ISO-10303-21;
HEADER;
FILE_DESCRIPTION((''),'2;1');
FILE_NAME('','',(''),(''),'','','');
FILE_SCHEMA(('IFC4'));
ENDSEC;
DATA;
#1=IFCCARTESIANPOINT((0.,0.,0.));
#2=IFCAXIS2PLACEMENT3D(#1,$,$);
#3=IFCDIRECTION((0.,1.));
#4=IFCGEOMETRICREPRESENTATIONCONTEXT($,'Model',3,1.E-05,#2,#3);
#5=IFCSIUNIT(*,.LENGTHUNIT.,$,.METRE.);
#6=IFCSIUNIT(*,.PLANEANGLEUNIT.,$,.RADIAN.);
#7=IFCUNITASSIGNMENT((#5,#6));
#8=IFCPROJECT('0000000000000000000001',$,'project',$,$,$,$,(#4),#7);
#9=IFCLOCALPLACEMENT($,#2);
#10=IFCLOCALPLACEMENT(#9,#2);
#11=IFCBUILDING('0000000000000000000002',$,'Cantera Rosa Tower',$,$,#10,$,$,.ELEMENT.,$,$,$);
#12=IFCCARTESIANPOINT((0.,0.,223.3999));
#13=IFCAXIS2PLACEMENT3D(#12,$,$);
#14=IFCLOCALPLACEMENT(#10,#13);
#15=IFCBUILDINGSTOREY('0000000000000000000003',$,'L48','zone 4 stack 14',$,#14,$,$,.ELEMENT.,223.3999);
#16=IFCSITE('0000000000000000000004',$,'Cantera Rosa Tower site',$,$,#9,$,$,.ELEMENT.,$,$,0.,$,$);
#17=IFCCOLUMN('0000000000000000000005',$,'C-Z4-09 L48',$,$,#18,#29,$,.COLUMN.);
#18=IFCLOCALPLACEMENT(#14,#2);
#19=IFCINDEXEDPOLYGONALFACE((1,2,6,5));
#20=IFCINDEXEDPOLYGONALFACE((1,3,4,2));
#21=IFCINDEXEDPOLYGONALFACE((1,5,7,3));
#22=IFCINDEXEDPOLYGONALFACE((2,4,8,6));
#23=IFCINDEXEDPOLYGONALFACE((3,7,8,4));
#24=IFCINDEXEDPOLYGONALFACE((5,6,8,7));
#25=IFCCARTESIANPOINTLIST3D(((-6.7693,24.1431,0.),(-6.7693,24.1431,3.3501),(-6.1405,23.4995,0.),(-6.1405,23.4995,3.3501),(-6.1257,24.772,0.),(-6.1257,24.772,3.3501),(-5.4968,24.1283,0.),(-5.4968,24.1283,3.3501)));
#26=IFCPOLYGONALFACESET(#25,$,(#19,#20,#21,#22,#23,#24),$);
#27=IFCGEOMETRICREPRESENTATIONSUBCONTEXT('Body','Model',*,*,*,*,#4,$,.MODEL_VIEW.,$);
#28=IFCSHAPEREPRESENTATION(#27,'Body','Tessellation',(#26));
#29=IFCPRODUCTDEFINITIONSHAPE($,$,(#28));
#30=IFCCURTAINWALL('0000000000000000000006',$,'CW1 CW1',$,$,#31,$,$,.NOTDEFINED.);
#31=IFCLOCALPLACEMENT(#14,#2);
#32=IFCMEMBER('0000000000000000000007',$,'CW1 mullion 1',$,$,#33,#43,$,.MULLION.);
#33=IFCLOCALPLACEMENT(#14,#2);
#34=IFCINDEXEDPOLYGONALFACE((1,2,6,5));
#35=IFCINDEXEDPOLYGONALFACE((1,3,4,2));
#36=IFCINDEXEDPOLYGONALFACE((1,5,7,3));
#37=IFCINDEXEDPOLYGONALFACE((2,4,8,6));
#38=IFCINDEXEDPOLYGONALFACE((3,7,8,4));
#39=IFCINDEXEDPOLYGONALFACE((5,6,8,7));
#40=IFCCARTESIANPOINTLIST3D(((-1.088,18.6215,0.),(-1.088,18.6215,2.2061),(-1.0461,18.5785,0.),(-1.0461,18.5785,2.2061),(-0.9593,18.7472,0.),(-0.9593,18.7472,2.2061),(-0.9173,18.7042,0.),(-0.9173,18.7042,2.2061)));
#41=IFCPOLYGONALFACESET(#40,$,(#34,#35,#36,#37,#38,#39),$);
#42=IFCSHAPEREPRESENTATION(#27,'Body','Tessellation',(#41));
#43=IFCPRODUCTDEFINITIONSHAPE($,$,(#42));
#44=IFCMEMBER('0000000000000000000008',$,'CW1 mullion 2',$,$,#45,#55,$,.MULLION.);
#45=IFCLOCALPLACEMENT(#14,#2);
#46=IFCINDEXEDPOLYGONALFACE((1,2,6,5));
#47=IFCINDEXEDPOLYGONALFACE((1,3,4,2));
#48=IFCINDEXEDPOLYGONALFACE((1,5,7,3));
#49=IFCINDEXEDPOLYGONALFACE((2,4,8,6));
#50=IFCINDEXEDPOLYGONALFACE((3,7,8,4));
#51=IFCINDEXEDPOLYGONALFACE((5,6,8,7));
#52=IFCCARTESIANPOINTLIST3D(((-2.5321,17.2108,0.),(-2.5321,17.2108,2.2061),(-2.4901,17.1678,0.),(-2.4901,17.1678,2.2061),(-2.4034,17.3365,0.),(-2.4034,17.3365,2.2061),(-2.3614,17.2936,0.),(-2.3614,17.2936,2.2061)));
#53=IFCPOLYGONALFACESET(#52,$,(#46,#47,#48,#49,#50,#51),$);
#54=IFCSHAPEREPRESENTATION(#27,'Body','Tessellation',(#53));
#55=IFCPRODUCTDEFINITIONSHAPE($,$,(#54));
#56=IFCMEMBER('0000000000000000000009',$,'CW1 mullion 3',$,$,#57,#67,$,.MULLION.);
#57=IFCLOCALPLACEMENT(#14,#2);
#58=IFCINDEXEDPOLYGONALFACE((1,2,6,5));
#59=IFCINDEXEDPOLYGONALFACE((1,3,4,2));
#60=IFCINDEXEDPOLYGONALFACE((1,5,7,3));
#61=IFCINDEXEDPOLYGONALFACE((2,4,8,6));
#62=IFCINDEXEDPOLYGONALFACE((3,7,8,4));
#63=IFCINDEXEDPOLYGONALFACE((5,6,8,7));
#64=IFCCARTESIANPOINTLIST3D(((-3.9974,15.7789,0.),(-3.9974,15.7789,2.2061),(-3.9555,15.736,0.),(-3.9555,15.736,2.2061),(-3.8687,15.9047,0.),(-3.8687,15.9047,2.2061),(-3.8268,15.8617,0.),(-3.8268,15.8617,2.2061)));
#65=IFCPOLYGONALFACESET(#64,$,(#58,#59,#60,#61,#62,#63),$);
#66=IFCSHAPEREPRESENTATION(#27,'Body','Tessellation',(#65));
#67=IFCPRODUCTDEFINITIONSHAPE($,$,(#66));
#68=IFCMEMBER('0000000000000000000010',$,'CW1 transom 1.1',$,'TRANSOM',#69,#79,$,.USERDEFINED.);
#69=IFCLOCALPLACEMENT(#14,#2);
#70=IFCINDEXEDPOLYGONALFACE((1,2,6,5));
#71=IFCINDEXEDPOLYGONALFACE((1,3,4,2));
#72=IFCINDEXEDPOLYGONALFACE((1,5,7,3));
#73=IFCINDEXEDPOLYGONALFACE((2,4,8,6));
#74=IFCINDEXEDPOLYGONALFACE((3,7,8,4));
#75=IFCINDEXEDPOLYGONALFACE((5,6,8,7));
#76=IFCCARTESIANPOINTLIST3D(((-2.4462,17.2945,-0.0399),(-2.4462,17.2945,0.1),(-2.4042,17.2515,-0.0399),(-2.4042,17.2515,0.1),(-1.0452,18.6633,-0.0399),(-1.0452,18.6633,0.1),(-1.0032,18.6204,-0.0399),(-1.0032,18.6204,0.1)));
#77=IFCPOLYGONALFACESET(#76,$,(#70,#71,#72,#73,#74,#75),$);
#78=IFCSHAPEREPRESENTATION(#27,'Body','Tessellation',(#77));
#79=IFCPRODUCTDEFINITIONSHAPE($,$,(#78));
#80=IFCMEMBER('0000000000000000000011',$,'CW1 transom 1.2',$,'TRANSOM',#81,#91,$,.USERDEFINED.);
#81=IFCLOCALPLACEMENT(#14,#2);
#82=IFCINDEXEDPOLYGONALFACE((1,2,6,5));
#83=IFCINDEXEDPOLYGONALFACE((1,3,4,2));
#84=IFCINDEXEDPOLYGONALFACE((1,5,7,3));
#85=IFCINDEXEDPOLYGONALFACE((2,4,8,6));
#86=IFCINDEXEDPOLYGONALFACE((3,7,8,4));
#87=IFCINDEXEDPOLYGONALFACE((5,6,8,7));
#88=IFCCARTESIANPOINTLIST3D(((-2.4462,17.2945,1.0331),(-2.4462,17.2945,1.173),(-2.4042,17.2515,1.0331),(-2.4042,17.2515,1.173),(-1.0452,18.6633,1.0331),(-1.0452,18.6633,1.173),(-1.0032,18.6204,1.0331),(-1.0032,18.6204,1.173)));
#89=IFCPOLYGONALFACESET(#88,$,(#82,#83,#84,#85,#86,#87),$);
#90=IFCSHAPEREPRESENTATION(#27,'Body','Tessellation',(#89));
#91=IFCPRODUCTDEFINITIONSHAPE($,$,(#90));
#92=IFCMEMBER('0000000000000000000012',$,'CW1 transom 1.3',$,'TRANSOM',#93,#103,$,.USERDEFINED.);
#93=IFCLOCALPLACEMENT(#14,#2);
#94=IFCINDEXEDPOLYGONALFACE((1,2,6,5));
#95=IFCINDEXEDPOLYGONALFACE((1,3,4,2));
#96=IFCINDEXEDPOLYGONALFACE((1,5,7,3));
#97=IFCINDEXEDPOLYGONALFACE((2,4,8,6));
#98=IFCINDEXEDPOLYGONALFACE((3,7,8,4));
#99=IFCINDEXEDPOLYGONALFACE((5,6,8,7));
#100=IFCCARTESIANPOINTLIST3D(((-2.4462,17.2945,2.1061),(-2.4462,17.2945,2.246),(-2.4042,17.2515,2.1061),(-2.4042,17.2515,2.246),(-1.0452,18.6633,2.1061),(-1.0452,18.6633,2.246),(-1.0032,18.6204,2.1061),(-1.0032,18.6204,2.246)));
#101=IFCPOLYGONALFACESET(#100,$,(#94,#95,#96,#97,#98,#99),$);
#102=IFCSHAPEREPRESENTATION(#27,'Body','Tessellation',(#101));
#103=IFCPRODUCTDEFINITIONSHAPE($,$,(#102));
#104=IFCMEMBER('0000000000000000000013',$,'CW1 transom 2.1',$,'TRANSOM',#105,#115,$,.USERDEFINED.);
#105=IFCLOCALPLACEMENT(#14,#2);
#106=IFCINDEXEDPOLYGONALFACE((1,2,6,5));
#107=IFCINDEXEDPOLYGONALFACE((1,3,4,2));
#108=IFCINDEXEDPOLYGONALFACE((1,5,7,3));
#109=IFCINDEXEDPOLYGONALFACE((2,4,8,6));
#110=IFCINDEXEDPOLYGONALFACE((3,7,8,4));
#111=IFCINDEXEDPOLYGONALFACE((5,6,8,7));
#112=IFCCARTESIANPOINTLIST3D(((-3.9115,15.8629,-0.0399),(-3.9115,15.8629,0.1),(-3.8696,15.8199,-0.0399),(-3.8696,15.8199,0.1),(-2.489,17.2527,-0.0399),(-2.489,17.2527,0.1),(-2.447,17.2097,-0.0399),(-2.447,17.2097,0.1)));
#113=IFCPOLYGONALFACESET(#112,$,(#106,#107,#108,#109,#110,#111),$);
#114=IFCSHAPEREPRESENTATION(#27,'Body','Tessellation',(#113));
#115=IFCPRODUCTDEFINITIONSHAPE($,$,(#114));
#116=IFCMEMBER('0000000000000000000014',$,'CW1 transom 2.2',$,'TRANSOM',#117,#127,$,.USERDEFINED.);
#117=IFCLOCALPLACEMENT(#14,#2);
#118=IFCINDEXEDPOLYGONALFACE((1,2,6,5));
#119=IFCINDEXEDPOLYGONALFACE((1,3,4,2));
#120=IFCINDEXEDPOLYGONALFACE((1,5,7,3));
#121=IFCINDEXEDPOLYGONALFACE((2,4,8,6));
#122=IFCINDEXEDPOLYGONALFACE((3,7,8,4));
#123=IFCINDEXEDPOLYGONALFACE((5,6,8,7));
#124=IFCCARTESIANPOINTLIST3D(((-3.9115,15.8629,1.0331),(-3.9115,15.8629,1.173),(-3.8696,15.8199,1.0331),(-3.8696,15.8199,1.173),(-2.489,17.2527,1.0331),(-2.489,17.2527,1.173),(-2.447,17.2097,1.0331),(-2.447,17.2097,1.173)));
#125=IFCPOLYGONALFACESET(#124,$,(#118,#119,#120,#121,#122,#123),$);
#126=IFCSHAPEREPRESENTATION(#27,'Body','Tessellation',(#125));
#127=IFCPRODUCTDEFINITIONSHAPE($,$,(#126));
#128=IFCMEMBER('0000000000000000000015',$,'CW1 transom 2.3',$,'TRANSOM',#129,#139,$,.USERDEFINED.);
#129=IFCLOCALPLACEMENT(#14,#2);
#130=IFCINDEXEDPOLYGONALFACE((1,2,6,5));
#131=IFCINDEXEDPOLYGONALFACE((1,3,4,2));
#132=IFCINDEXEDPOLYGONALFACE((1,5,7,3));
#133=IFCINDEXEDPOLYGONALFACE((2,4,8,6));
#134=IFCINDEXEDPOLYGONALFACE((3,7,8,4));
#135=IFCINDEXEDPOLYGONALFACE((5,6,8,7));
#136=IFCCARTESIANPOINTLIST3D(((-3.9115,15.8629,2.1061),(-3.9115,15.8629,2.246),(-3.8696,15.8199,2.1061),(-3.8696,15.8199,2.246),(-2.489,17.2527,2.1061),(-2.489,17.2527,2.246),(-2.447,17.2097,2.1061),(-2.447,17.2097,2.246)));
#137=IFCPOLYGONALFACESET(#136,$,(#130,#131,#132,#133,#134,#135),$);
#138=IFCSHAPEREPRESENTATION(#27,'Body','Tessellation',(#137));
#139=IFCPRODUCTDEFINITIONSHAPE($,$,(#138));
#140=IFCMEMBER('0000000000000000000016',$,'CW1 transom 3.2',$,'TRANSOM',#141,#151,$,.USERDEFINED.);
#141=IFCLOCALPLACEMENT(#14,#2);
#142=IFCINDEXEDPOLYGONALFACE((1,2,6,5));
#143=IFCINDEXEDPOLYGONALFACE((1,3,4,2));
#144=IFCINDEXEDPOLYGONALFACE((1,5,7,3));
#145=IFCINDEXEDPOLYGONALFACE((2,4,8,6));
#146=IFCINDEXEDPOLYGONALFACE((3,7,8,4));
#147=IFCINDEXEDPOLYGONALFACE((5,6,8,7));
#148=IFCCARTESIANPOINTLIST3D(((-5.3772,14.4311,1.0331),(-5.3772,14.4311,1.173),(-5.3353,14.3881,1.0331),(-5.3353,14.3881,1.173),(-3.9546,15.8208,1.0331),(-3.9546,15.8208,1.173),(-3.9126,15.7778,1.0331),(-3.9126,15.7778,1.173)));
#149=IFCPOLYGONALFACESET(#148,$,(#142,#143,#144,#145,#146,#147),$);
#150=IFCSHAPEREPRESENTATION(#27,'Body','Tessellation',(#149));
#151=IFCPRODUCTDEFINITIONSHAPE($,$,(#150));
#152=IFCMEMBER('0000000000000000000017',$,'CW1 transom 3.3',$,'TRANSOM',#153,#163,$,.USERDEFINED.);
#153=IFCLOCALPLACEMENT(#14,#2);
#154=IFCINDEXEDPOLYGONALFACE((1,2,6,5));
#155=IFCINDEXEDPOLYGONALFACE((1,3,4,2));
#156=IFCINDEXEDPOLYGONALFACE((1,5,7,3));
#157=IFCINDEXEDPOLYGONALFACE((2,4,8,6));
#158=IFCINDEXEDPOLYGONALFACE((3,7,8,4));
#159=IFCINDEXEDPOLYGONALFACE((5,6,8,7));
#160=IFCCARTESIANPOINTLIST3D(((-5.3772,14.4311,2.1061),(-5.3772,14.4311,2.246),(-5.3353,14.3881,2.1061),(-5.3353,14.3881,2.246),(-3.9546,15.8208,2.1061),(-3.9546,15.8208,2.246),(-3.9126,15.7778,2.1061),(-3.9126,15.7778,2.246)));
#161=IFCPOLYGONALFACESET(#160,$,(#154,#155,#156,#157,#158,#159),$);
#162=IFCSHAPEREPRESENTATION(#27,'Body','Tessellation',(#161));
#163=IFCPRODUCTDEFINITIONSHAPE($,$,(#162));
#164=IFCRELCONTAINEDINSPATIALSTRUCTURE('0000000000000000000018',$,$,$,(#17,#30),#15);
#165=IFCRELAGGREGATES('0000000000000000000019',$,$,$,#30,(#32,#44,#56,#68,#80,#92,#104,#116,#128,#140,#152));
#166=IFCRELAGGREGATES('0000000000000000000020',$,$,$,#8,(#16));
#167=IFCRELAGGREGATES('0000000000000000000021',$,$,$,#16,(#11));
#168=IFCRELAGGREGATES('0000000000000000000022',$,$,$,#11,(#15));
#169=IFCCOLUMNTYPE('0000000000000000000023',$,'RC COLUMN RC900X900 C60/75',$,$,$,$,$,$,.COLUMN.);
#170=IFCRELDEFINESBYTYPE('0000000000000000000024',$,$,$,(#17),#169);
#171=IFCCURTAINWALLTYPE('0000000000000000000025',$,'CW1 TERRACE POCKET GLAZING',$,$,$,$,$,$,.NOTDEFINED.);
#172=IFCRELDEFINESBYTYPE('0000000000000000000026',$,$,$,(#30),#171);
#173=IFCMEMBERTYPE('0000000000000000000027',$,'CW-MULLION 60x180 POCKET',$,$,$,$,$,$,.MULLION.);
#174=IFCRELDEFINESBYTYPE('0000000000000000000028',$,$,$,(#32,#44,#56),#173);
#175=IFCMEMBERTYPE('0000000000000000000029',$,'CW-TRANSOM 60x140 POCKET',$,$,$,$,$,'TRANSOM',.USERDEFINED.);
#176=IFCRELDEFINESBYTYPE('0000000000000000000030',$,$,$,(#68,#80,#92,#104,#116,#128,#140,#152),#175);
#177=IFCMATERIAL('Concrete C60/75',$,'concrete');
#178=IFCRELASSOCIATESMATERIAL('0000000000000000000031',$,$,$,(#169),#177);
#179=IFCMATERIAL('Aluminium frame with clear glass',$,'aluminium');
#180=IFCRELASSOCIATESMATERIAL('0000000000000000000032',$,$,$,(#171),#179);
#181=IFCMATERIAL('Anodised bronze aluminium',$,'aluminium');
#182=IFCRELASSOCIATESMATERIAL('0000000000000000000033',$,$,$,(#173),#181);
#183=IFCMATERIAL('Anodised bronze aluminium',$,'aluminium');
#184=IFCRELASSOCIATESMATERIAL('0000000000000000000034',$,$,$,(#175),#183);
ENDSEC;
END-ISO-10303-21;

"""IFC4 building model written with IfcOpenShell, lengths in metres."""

from ifc_helpers import new_model, si_unit, direction, frame, origin, origin_2d, place, context, subcontext, project, spatial, rectangle, extrude, material, material_profile, profile_set, type_object, element, aggregate, save


model = new_model("IFC4")

# Units and contexts
model_context = context("Model", 3, precision=1e-05, world=origin(), true_north=direction((0.0, 1.0)))
body_context = subcontext(model_context, "Body", "Model", "MODEL_VIEW")
ifc_project = project(units=[si_unit("LENGTHUNIT", "METRE"), si_unit("PLANEANGLEUNIT", "RADIAN")], contexts=[model_context])

# Site, building, storey
site_placement = place(None, origin())
site = spatial("IfcSite", under=ifc_project, at=site_placement, Name="Cantera Rosa Tower site", CompositionType="ELEMENT", RefElevation=0.0)
building_placement = place(site_placement, origin())
building = spatial("IfcBuilding", under=site, at=building_placement, Name="Cantera Rosa Tower", CompositionType="ELEMENT")
storey_placement = place(building_placement, frame((0.0, 0.0, 223.3999)))
storey = spatial("IfcBuildingStorey", under=building, at=storey_placement, Name="L48", Description="zone 4 stack 14", CompositionType="ELEMENT", Elevation=223.3999)

# Column
ifc_material_1 = material(Name="Concrete C60/75", Category="concrete")
ifc_material_profile_1 = material_profile(ifc_material_1, rectangle(XDim=0.8999, YDim=0.8999, at=origin_2d()), Name="RC COLUMN RC900X900 C60/75")
ifc_profile_set_1 = profile_set([ifc_material_profile_1], Name="Concrete C60/75")
column_type = type_object("IfcColumnType", Name="RC COLUMN RC900X900 C60/75", PredefinedType="COLUMN", material=ifc_profile_set_1)
column_placement = place(storey_placement, frame((-6.1331, 24.1357, 0.0), z_axis=(0.0, 0.0, 1.0), x_axis=(0.715286, 0.698832, 0.0)))
element("IfcColumn", 1, at=column_placement, inside=storey, type_object=column_type, Name="C-Z4-09 L48", PredefinedType="COLUMN", context=body_context, shape_type="SweptSolid", body=[
    extrude(rectangle(XDim=0.8999, YDim=0.8999, at=origin_2d()), origin(), (0.0, 0.0, 1.0), 3.3501),
])

# Curtain wall, members
ifc_material_2 = material(Name="Aluminium frame with clear glass", Category="aluminium")
curtain_wall_type = type_object("IfcCurtainWallType", Name="CW1 TERRACE POCKET GLAZING", PredefinedType="NOTDEFINED", material=ifc_material_2)
curtain_wall_placement = place(storey_placement, origin())
curtain_wall = element("IfcCurtainWall", 2, at=curtain_wall_placement, inside=storey, type_object=curtain_wall_type, Name="CW1 CW1", PredefinedType="NOTDEFINED")
ifc_material_3 = material(Name="Anodised bronze aluminium", Category="aluminium")
ifc_material_profile_2 = material_profile(ifc_material_3, rectangle(XDim=0.0601, YDim=0.1799, at=origin_2d()), Name="CW-MULLION 60x180 POCKET")
ifc_profile_set_2 = profile_set([ifc_material_profile_2], Name="Anodised bronze aluminium")
member_type_1 = type_object("IfcMemberType", Name="CW-MULLION 60x180 POCKET", PredefinedType="MULLION", material=ifc_profile_set_2)
member_1_placement = place(storey_placement, frame((-1.0027, 18.6628, 0.0), z_axis=(0.0, 0.0, 1.0), x_axis=(0.698832, -0.715286, 0.0)))
member_1 = element("IfcMember", 3, at=member_1_placement, type_object=member_type_1, Name="CW1 mullion 1", PredefinedType="MULLION", context=body_context, shape_type="SweptSolid", body=[
    extrude(rectangle(XDim=0.0601, YDim=0.1799, at=origin_2d()), origin(), (0.0, 0.0, 1.0), 2.2061),
])
member_2_placement = place(storey_placement, frame((-2.4468, 17.2522, 0.0), z_axis=(0.0, 0.0, 1.0), x_axis=(0.698832, -0.715286, 0.0)))
member_2 = element("IfcMember", 4, at=member_2_placement, type_object=member_type_1, Name="CW1 mullion 2", PredefinedType="MULLION", context=body_context, shape_type="SweptSolid", body=[
    extrude(rectangle(XDim=0.0601, YDim=0.1799, at=origin_2d()), origin(), (0.0, 0.0, 1.0), 2.2061),
])
member_3_placement = place(storey_placement, frame((-3.9121, 15.8203, 0.0), z_axis=(0.0, 0.0, 1.0), x_axis=(0.698832, -0.715286, 0.0)))
member_3 = element("IfcMember", 5, at=member_3_placement, type_object=member_type_1, Name="CW1 mullion 3", PredefinedType="MULLION", context=body_context, shape_type="SweptSolid", body=[
    extrude(rectangle(XDim=0.0601, YDim=0.1799, at=origin_2d()), origin(), (0.0, 0.0, 1.0), 2.2061),
])
ifc_material_4 = material(Name="Anodised bronze aluminium", Category="aluminium")
ifc_material_profile_3 = material_profile(ifc_material_4, rectangle(XDim=0.0601, YDim=0.1399, at=origin_2d()), Name="CW-TRANSOM 60x140 POCKET")
ifc_profile_set_3 = profile_set([ifc_material_profile_3], Name="Anodised bronze aluminium")
member_type_2 = type_object("IfcMemberType", Name="CW-TRANSOM 60x140 POCKET", ElementType="TRANSOM", PredefinedType="USERDEFINED", material=ifc_profile_set_3)
member_4_placement = place(storey_placement, frame((-1.0242, 18.6418, 0.03), z_axis=(-0.715285, -0.698833, 0.0), x_axis=(0.698833, -0.715285, 0.0)))
member_4 = element("IfcMember", 6, at=member_4_placement, type_object=member_type_2, Name="CW1 transom 1.1", ObjectType="TRANSOM", PredefinedType="USERDEFINED", context=body_context, shape_type="SweptSolid", body=[
    extrude(rectangle(XDim=0.0601, YDim=0.1399, at=origin_2d()), origin(), (0.0, 0.0, 1.0), 1.9587),
])
member_5_placement = place(storey_placement, frame((-1.0242, 18.6418, 1.103), z_axis=(-0.715285, -0.698833, 0.0), x_axis=(0.698833, -0.715285, 0.0)))
member_5 = element("IfcMember", 7, at=member_5_placement, type_object=member_type_2, Name="CW1 transom 1.2", ObjectType="TRANSOM", PredefinedType="USERDEFINED", context=body_context, shape_type="SweptSolid", body=[
    extrude(rectangle(XDim=0.0601, YDim=0.1399, at=origin_2d()), origin(), (0.0, 0.0, 1.0), 1.9587),
])
member_6_placement = place(storey_placement, frame((-1.0242, 18.6418, 2.176), z_axis=(-0.715285, -0.698833, 0.0), x_axis=(0.698833, -0.715285, 0.0)))
member_6 = element("IfcMember", 8, at=member_6_placement, type_object=member_type_2, Name="CW1 transom 1.3", ObjectType="TRANSOM", PredefinedType="USERDEFINED", context=body_context, shape_type="SweptSolid", body=[
    extrude(rectangle(XDim=0.0601, YDim=0.1399, at=origin_2d()), origin(), (0.0, 0.0, 1.0), 1.9587),
])
member_7_placement = place(storey_placement, frame((-2.468, 17.2312, 0.03), z_axis=(-0.715283, -0.698834, 0.0), x_axis=(0.698834, -0.715283, 0.0)))
member_7 = element("IfcMember", 9, at=member_7_placement, type_object=member_type_2, Name="CW1 transom 2.1", ObjectType="TRANSOM", PredefinedType="USERDEFINED", context=body_context, shape_type="SweptSolid", body=[
    extrude(rectangle(XDim=0.0601, YDim=0.1399, at=origin_2d()), origin(), (0.0, 0.0, 1.0), 1.9888),
])
member_8_placement = place(storey_placement, frame((-2.468, 17.2312, 1.103), z_axis=(-0.715283, -0.698834, 0.0), x_axis=(0.698834, -0.715283, 0.0)))
member_8 = element("IfcMember", 10, at=member_8_placement, type_object=member_type_2, Name="CW1 transom 2.2", ObjectType="TRANSOM", PredefinedType="USERDEFINED", context=body_context, shape_type="SweptSolid", body=[
    extrude(rectangle(XDim=0.0601, YDim=0.1399, at=origin_2d()), origin(), (0.0, 0.0, 1.0), 1.9888),
])
member_9_placement = place(storey_placement, frame((-2.468, 17.2312, 2.176), z_axis=(-0.715283, -0.698834, 0.0), x_axis=(0.698834, -0.715283, 0.0)))
member_9 = element("IfcMember", 11, at=member_9_placement, type_object=member_type_2, Name="CW1 transom 2.3", ObjectType="TRANSOM", PredefinedType="USERDEFINED", context=body_context, shape_type="SweptSolid", body=[
    extrude(rectangle(XDim=0.0601, YDim=0.1399, at=origin_2d()), origin(), (0.0, 0.0, 1.0), 1.9888),
])
member_10_placement = place(storey_placement, frame((-3.9336, 15.7993, 1.103), z_axis=(-0.715345, -0.698772, 0.0), x_axis=(0.698772, -0.715345, 0.0)))
member_10 = element("IfcMember", 12, at=member_10_placement, type_object=member_type_2, Name="CW1 transom 3.2", ObjectType="TRANSOM", PredefinedType="USERDEFINED", context=body_context, shape_type="SweptSolid", body=[
    extrude(rectangle(XDim=0.0601, YDim=0.1399, at=origin_2d()), origin(), (0.0, 0.0, 1.0), 1.9888),
])
member_11_placement = place(storey_placement, frame((-3.9336, 15.7993, 2.176), z_axis=(-0.715345, -0.698772, 0.0), x_axis=(0.698772, -0.715345, 0.0)))
member_11 = element("IfcMember", 13, at=member_11_placement, type_object=member_type_2, Name="CW1 transom 3.3", ObjectType="TRANSOM", PredefinedType="USERDEFINED", context=body_context, shape_type="SweptSolid", body=[
    extrude(rectangle(XDim=0.0601, YDim=0.1399, at=origin_2d()), origin(), (0.0, 0.0, 1.0), 1.9888),
])

aggregate(curtain_wall, [member_1, member_2, member_3, member_4, member_5, member_6, member_7, member_8, member_9, member_10, member_11])

save(model, "model.ifc")
